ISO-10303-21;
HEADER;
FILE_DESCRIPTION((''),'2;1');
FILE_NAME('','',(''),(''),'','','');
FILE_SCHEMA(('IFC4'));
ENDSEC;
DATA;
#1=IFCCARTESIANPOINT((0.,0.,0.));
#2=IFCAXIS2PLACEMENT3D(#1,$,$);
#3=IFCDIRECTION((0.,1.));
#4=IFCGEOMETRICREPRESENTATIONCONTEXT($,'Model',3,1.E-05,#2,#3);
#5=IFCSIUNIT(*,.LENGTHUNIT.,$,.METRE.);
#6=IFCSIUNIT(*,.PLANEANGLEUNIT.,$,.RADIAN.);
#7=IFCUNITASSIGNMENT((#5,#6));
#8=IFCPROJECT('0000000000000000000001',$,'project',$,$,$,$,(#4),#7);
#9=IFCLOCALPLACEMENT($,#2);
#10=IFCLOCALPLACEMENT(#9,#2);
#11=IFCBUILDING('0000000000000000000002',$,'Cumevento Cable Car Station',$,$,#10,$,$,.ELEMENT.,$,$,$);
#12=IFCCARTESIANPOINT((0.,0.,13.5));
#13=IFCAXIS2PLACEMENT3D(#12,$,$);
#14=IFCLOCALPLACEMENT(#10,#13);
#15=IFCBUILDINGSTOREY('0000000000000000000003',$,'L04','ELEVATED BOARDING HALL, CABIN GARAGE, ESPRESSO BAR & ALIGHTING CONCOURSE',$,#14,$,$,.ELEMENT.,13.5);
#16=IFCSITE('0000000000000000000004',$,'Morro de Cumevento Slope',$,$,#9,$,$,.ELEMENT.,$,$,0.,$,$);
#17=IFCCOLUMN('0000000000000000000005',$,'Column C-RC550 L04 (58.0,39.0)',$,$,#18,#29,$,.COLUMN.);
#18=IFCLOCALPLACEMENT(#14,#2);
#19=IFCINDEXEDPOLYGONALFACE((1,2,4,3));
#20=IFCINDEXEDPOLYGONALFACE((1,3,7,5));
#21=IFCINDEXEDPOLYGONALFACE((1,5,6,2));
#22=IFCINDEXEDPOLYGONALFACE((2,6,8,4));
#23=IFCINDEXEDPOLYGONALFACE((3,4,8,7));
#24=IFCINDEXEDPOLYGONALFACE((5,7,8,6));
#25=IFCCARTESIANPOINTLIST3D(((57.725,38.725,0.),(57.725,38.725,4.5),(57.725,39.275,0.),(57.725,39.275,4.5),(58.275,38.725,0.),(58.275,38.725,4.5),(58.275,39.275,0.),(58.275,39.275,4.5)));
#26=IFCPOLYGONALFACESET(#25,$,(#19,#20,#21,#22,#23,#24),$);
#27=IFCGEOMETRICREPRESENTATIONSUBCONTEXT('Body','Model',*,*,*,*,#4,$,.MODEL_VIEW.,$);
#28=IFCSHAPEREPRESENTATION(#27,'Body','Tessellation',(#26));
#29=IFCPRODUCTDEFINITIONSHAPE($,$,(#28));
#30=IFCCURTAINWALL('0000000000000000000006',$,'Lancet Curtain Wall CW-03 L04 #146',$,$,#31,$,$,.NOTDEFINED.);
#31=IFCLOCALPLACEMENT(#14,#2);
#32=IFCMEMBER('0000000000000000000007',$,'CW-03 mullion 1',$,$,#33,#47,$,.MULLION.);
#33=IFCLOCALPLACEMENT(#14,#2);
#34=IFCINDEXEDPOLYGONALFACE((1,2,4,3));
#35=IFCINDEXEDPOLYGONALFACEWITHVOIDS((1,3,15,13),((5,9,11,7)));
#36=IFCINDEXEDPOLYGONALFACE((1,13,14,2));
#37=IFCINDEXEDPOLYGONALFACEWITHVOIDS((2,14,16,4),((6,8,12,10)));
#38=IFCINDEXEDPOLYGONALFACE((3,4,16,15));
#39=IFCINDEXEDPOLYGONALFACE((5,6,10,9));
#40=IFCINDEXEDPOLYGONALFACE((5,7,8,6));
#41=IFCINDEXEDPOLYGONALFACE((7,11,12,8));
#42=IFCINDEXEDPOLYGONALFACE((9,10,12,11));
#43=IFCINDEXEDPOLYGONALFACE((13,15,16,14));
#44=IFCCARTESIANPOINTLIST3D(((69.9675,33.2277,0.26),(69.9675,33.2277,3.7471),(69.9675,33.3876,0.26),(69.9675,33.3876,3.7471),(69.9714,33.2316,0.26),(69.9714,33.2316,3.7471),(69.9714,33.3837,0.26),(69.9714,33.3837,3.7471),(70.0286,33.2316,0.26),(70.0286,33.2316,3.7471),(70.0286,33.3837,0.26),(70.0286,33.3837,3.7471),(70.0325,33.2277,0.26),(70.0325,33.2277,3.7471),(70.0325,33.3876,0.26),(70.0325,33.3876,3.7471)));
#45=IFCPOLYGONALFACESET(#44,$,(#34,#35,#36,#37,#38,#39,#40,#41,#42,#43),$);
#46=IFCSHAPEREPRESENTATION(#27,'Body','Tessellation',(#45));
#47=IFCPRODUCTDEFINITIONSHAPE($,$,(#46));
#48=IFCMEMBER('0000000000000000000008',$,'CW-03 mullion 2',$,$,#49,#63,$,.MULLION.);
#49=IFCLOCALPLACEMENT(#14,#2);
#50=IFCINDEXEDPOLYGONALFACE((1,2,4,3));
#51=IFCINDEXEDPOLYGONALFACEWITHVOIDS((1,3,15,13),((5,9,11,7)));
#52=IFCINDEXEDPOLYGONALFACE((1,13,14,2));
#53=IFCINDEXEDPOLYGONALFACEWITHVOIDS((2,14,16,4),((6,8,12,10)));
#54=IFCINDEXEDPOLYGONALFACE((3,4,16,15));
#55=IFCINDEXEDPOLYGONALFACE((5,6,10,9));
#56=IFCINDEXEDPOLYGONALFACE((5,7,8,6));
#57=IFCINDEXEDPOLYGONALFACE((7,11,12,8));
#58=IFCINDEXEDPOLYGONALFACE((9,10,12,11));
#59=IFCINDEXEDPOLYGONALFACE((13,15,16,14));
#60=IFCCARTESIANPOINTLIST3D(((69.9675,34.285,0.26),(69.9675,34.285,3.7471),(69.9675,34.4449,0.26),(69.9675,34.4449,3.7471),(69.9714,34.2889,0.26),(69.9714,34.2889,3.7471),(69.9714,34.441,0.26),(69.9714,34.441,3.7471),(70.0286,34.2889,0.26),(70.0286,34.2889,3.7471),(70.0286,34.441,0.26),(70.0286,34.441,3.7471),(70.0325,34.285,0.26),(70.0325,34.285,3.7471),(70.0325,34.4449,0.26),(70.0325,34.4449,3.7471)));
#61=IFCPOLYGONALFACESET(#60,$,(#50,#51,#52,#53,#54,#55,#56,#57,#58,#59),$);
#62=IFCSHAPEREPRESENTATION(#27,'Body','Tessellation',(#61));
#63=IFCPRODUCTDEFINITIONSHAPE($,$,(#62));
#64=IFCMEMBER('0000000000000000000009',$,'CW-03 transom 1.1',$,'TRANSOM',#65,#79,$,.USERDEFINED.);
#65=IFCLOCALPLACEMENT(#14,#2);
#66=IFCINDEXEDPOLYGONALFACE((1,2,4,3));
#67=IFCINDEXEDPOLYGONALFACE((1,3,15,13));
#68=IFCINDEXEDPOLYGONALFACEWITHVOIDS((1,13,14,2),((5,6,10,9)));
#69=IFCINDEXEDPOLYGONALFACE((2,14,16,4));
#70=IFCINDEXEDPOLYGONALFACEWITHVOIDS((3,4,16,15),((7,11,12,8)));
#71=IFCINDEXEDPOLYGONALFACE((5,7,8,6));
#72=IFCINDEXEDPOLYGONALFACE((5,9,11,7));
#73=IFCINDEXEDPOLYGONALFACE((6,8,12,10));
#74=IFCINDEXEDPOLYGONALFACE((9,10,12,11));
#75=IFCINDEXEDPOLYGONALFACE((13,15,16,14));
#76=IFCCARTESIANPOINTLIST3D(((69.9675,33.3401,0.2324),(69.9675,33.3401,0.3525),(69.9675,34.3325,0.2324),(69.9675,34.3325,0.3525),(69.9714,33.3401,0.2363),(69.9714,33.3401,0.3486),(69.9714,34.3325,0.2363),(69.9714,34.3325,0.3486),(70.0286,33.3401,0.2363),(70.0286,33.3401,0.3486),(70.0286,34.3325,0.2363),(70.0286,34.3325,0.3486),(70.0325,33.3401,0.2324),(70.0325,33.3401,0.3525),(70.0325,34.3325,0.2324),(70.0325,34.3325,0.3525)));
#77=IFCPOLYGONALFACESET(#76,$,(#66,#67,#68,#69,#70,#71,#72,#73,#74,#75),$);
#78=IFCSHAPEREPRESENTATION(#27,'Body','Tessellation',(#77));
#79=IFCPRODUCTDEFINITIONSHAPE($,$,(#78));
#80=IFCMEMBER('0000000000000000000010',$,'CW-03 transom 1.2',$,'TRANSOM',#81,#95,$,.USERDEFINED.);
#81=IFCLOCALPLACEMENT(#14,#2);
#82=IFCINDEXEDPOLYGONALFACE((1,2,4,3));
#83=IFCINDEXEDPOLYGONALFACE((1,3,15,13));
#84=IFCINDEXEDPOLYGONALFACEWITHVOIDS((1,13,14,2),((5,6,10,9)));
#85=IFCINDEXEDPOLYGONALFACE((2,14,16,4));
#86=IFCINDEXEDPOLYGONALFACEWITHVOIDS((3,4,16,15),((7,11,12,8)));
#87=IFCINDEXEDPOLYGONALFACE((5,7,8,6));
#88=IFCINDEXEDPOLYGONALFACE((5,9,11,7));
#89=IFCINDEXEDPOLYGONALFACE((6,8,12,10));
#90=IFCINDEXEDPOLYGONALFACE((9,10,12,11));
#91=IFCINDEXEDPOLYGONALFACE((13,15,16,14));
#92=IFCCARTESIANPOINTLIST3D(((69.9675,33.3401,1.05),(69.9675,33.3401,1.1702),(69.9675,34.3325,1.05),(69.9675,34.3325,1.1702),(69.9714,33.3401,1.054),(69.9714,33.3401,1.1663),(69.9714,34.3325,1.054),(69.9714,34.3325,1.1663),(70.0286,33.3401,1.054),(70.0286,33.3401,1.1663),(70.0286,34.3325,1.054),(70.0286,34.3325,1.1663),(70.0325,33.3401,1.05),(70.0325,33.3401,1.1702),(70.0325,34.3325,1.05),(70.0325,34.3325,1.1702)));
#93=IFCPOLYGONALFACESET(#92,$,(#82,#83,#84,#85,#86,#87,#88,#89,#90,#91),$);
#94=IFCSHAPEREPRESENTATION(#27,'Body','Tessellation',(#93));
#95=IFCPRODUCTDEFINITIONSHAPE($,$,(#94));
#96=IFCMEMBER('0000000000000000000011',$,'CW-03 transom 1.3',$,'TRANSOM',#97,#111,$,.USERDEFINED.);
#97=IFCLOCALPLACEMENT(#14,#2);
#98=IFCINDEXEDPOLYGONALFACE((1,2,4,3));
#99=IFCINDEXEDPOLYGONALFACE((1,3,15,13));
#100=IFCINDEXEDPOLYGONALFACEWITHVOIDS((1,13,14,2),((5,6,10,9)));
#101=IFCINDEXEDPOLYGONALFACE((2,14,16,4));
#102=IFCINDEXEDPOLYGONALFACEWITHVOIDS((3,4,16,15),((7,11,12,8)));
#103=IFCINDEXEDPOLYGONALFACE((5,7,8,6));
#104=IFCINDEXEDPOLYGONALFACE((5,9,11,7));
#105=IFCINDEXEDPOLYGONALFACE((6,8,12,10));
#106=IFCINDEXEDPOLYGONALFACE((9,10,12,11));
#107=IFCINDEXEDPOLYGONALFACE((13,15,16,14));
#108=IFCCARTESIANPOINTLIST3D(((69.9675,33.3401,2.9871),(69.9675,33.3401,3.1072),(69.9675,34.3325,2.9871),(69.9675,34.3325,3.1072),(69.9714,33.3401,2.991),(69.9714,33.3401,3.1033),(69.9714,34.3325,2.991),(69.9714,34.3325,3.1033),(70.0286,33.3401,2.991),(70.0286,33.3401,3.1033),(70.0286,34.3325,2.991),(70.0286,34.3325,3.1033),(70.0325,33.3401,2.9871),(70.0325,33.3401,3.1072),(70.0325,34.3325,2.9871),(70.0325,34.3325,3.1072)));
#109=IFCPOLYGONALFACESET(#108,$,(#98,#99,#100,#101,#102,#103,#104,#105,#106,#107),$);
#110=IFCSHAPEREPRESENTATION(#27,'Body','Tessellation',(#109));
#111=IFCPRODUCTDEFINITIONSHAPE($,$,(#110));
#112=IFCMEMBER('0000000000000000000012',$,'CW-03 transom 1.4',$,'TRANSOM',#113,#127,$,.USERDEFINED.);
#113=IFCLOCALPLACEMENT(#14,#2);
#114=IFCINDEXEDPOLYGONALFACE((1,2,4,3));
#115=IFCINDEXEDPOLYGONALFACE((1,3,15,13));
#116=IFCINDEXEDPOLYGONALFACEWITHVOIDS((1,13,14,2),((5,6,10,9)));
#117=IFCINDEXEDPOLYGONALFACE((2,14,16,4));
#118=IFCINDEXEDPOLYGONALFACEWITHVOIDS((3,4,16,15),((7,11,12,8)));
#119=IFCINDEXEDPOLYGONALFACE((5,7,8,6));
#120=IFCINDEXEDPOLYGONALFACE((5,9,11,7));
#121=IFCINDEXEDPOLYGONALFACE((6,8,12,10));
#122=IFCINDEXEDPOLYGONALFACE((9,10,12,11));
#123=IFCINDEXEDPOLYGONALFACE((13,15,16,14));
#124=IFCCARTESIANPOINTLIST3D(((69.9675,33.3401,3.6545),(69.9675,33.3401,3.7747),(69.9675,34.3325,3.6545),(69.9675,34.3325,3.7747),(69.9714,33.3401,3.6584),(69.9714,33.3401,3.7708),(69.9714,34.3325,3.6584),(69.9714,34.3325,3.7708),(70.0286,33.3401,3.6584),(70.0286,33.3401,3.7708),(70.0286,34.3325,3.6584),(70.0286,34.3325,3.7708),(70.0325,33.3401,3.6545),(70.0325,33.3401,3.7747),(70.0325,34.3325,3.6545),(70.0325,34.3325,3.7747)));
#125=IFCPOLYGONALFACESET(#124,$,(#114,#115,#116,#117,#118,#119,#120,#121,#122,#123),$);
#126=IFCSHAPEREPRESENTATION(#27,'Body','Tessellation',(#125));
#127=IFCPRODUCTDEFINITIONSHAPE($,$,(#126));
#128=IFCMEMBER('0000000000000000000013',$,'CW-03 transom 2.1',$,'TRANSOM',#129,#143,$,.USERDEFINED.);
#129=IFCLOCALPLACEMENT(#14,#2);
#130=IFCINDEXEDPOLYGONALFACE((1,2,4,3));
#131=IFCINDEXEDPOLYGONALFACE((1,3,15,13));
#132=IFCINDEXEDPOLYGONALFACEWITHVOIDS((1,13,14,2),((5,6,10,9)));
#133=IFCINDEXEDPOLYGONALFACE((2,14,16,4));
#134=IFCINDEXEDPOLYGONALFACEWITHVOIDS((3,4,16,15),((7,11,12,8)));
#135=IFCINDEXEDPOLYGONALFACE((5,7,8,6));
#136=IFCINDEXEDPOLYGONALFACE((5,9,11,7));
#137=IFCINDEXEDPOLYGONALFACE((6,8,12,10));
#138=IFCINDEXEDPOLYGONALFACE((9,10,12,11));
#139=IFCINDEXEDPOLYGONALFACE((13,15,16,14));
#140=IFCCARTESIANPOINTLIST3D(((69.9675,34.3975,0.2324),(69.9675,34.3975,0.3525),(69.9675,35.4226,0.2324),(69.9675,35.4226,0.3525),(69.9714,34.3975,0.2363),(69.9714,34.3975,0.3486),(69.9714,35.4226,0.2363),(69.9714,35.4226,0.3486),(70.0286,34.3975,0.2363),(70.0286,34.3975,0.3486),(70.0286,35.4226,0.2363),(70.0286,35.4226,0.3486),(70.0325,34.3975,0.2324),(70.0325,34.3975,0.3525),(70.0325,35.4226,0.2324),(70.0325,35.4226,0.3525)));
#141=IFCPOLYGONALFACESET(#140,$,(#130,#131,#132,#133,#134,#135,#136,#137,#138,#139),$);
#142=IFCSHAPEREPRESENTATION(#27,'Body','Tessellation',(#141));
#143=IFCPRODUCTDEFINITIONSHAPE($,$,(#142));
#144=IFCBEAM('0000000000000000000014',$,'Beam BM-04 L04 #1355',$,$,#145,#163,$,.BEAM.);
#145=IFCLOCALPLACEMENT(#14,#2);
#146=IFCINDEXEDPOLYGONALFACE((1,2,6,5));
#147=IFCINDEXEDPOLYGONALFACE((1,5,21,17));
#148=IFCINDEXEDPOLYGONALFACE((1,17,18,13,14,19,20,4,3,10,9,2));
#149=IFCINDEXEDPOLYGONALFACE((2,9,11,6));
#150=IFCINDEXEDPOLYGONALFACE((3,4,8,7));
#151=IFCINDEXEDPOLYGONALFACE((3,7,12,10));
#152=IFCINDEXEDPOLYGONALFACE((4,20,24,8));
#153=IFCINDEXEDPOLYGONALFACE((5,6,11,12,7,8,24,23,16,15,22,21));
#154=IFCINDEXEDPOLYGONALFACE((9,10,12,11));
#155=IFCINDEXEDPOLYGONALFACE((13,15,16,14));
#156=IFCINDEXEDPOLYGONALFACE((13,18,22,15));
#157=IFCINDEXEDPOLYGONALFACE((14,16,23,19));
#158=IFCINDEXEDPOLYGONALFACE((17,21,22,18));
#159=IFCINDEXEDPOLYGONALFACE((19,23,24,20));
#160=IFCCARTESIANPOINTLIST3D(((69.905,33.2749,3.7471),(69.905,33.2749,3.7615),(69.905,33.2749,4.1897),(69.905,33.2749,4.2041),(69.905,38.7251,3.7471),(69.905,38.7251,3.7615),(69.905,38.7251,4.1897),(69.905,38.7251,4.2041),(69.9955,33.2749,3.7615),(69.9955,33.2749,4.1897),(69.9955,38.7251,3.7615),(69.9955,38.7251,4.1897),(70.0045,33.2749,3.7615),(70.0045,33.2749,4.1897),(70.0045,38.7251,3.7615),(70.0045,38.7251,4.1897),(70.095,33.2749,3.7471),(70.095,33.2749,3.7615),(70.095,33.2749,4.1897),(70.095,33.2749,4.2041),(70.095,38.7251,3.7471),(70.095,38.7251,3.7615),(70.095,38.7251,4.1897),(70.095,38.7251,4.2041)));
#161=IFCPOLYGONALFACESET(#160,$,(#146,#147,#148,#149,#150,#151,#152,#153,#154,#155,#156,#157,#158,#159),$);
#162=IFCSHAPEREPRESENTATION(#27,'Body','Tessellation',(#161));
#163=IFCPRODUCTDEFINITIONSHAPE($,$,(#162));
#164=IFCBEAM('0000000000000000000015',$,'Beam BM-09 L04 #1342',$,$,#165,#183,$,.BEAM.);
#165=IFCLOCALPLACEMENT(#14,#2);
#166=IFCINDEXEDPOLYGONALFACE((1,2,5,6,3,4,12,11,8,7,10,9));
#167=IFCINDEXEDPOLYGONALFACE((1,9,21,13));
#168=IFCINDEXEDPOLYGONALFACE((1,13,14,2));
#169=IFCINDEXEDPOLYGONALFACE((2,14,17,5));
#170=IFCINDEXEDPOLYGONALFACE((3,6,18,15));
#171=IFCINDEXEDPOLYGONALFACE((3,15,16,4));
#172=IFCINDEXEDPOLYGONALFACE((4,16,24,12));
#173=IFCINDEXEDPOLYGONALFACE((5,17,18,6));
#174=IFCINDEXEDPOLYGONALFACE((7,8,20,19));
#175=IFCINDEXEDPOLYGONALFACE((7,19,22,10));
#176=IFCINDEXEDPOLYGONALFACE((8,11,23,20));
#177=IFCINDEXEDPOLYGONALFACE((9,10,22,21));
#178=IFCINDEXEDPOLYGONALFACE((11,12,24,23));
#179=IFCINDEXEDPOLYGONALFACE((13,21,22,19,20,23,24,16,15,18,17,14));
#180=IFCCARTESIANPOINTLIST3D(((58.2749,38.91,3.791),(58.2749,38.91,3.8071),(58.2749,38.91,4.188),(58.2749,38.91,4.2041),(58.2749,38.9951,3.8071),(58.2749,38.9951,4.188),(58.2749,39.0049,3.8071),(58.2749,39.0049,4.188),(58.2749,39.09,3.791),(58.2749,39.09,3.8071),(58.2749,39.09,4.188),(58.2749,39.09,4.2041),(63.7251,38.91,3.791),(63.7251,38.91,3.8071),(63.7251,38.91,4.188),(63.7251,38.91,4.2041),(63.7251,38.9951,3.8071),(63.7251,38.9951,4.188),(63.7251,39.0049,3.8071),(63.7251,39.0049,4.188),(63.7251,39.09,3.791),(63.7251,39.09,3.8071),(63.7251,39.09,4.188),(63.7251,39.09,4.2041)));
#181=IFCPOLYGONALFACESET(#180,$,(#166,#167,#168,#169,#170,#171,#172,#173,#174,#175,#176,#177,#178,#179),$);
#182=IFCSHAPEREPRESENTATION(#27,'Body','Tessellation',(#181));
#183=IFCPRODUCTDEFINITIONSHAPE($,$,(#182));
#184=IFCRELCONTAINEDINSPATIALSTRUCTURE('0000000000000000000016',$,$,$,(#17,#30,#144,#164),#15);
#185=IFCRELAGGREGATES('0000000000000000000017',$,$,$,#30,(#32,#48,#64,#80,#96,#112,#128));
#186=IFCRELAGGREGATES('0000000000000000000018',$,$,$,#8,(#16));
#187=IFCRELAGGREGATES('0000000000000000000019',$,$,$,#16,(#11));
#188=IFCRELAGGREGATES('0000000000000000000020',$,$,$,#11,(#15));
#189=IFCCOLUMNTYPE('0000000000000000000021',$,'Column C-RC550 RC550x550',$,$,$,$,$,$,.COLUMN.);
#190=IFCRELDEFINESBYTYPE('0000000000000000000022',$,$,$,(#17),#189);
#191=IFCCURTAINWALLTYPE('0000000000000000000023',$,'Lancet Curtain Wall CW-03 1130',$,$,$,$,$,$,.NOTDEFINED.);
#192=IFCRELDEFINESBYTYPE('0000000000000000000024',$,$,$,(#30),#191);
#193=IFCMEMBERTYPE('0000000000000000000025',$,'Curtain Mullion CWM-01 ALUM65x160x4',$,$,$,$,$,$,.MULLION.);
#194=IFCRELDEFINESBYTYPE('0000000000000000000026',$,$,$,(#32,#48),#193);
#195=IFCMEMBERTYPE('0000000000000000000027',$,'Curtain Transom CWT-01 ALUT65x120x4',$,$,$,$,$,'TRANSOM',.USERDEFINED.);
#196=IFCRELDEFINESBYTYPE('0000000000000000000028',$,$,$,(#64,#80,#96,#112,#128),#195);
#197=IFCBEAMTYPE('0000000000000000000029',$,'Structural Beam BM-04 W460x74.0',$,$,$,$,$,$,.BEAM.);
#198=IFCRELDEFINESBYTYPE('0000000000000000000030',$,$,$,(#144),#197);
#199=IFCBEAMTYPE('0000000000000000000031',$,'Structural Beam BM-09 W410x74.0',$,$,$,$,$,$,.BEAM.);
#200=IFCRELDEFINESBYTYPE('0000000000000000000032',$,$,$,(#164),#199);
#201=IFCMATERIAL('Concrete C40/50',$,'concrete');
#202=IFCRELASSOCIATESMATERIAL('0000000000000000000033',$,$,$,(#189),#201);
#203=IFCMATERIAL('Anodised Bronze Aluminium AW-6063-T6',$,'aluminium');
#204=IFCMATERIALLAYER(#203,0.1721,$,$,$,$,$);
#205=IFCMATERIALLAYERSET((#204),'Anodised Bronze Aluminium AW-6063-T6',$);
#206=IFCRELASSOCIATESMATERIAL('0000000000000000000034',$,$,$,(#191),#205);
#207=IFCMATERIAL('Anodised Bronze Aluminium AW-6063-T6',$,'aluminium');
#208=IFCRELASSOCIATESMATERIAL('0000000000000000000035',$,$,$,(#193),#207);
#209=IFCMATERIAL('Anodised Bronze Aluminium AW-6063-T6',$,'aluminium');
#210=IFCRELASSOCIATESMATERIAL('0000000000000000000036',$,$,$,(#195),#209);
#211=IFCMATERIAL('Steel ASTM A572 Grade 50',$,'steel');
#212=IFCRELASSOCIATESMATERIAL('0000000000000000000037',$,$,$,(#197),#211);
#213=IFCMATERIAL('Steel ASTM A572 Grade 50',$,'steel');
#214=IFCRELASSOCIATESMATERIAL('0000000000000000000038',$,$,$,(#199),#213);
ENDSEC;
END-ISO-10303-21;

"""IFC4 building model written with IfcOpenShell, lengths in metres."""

from ifc_helpers import new_model, si_unit, direction, frame, origin, origin_2d, place, context, subcontext, project, spatial, rectangle, hollow_rectangle, i_section, extrude, material, layer, layer_set, material_profile, profile_set, type_object, element, aggregate, save


model = new_model("IFC4")

# Units and contexts
model_context = context("Model", 3, precision=1e-05, world=origin(), true_north=direction((0.0, 1.0)))
body_context = subcontext(model_context, "Body", "Model", "MODEL_VIEW")
ifc_project = project(units=[si_unit("LENGTHUNIT", "METRE"), si_unit("PLANEANGLEUNIT", "RADIAN")], contexts=[model_context])

# Site, building, storey
site_placement = place(None, origin())
site = spatial("IfcSite", under=ifc_project, at=site_placement, Name="Morro de Cumevento Slope", CompositionType="ELEMENT", RefElevation=0.0)
building_placement = place(site_placement, origin())
building = spatial("IfcBuilding", under=site, at=building_placement, Name="Cumevento Cable Car Station", CompositionType="ELEMENT")
storey_placement = place(building_placement, frame((0.0, 0.0, 13.5)))
storey = spatial("IfcBuildingStorey", under=building, at=storey_placement, Name="L04", Description="ELEVATED BOARDING HALL, CABIN GARAGE, ESPRESSO BAR & ALIGHTING CONCOURSE", CompositionType="ELEMENT", Elevation=13.5)

# Column
ifc_material_1 = material(Name="Concrete C40/50", Category="concrete")
ifc_material_profile_1 = material_profile(ifc_material_1, rectangle(XDim=0.55, YDim=0.55, at=origin_2d()), Name="RC550x550")
ifc_profile_set_1 = profile_set([ifc_material_profile_1], Name="Concrete C40/50")
column_type = type_object("IfcColumnType", Name="Column C-RC550 RC550x550", PredefinedType="COLUMN", material=ifc_profile_set_1)
column_placement = place(storey_placement, frame((58.0, 39.0, 0.0), z_axis=(0.0, 0.0, 1.0), x_axis=(1.0, 0.0, 0.0)))
element("IfcColumn", 1, at=column_placement, inside=storey, type_object=column_type, Name="Column C-RC550 L04 (58.0,39.0)", PredefinedType="COLUMN", context=body_context, shape_type="SweptSolid", body=[
    extrude(rectangle(XDim=0.55, YDim=0.55, at=origin_2d()), origin(), (0.0, 0.0, 1.0), 4.5),
])

# Curtain wall, members
ifc_material_2 = material(Name="Anodised Bronze Aluminium AW-6063-T6", Category="aluminium")
ifc_layer_1 = layer(ifc_material_2, 0.1721)
ifc_layer_set_1 = layer_set([ifc_layer_1], Name="Anodised Bronze Aluminium AW-6063-T6")
curtain_wall_type = type_object("IfcCurtainWallType", Name="Lancet Curtain Wall CW-03 1130", PredefinedType="NOTDEFINED", material=ifc_layer_set_1)
curtain_wall_placement = place(storey_placement, origin())
curtain_wall = element("IfcCurtainWall", 2, at=curtain_wall_placement, inside=storey, type_object=curtain_wall_type, Name="Lancet Curtain Wall CW-03 L04 #146", PredefinedType="NOTDEFINED")
ifc_material_3 = material(Name="Anodised Bronze Aluminium AW-6063-T6", Category="aluminium")
ifc_material_profile_2 = material_profile(ifc_material_3, hollow_rectangle(XDim=0.0649, YDim=0.1599, WallThickness=0.0039, at=origin_2d()), Name="ALUM65x160x4")
ifc_profile_set_2 = profile_set([ifc_material_profile_2], Name="Anodised Bronze Aluminium AW-6063-T6")
member_type_1 = type_object("IfcMemberType", Name="Curtain Mullion CWM-01 ALUM65x160x4", PredefinedType="MULLION", material=ifc_profile_set_2)
member_1_placement = place(storey_placement, frame((70.0, 33.3076, 0.26), z_axis=(0.0, 0.0, 1.0), x_axis=(-1.0, 0.0, 0.0)))
member_1 = element("IfcMember", 3, at=member_1_placement, type_object=member_type_1, Name="CW-03 mullion 1", PredefinedType="MULLION", context=body_context, shape_type="SweptSolid", body=[
    extrude(hollow_rectangle(XDim=0.0649, YDim=0.1599, WallThickness=0.0039, at=origin_2d()), origin(), (0.0, 0.0, 1.0), 3.4871),
])
member_2_placement = place(storey_placement, frame((70.0, 34.365, 0.26), z_axis=(0.0, 0.0, 1.0), x_axis=(-1.0, 0.0, 0.0)))
member_2 = element("IfcMember", 4, at=member_2_placement, type_object=member_type_1, Name="CW-03 mullion 2", PredefinedType="MULLION", context=body_context, shape_type="SweptSolid", body=[
    extrude(hollow_rectangle(XDim=0.0649, YDim=0.1599, WallThickness=0.0039, at=origin_2d()), origin(), (0.0, 0.0, 1.0), 3.4871),
])
ifc_material_4 = material(Name="Anodised Bronze Aluminium AW-6063-T6", Category="aluminium")
ifc_material_profile_3 = material_profile(ifc_material_4, hollow_rectangle(XDim=0.0649, YDim=0.1201, WallThickness=0.0039, at=origin_2d()), Name="ALUT65x120x4")
ifc_profile_set_3 = profile_set([ifc_material_profile_3], Name="Anodised Bronze Aluminium AW-6063-T6")
member_type_2 = type_object("IfcMemberType", Name="Curtain Transom CWT-01 ALUT65x120x4", ElementType="TRANSOM", PredefinedType="USERDEFINED", material=ifc_profile_set_3)
member_3_placement = place(storey_placement, frame((70.0, 33.3401, 0.2925), z_axis=(0.0, 1.0, 0.0), x_axis=(-1.0, 0.0, 0.0)))
member_3 = element("IfcMember", 5, at=member_3_placement, type_object=member_type_2, Name="CW-03 transom 1.1", ObjectType="TRANSOM", PredefinedType="USERDEFINED", context=body_context, shape_type="SweptSolid", body=[
    extrude(hollow_rectangle(XDim=0.0649, YDim=0.1201, WallThickness=0.0039, at=origin_2d()), origin(), (0.0, 0.0, 1.0), 0.9924),
])
member_4_placement = place(storey_placement, frame((70.0, 33.3401, 1.1101), z_axis=(0.0, 1.0, 0.0), x_axis=(-1.0, 0.0, 0.0)))
member_4 = element("IfcMember", 6, at=member_4_placement, type_object=member_type_2, Name="CW-03 transom 1.2", ObjectType="TRANSOM", PredefinedType="USERDEFINED", context=body_context, shape_type="SweptSolid", body=[
    extrude(hollow_rectangle(XDim=0.0649, YDim=0.1201, WallThickness=0.0039, at=origin_2d()), origin(), (0.0, 0.0, 1.0), 0.9924),
])
member_5_placement = place(storey_placement, frame((70.0, 33.3401, 3.0471), z_axis=(0.0, 1.0, 0.0), x_axis=(-1.0, 0.0, 0.0)))
member_5 = element("IfcMember", 7, at=member_5_placement, type_object=member_type_2, Name="CW-03 transom 1.3", ObjectType="TRANSOM", PredefinedType="USERDEFINED", context=body_context, shape_type="SweptSolid", body=[
    extrude(hollow_rectangle(XDim=0.0649, YDim=0.1201, WallThickness=0.0039, at=origin_2d()), origin(), (0.0, 0.0, 1.0), 0.9924),
])
member_6_placement = place(storey_placement, frame((70.0, 33.3401, 3.7146), z_axis=(0.0, 1.0, 0.0), x_axis=(-1.0, 0.0, 0.0)))
member_6 = element("IfcMember", 8, at=member_6_placement, type_object=member_type_2, Name="CW-03 transom 1.4", ObjectType="TRANSOM", PredefinedType="USERDEFINED", context=body_context, shape_type="SweptSolid", body=[
    extrude(hollow_rectangle(XDim=0.0649, YDim=0.1201, WallThickness=0.0039, at=origin_2d()), origin(), (0.0, 0.0, 1.0), 0.9924),
])
member_7_placement = place(storey_placement, frame((70.0, 34.3975, 0.2925), z_axis=(0.0, 1.0, 0.0), x_axis=(-1.0, 0.0, 0.0)))
member_7 = element("IfcMember", 9, at=member_7_placement, type_object=member_type_2, Name="CW-03 transom 2.1", ObjectType="TRANSOM", PredefinedType="USERDEFINED", context=body_context, shape_type="SweptSolid", body=[
    extrude(hollow_rectangle(XDim=0.0649, YDim=0.1201, WallThickness=0.0039, at=origin_2d()), origin(), (0.0, 0.0, 1.0), 1.0251),
])

# Beams
ifc_material_5 = material(Name="Steel ASTM A572 Grade 50", Category="steel")
ifc_material_profile_4 = material_profile(ifc_material_5, i_section(OverallWidth=0.1899, OverallDepth=0.457, WebThickness=0.009, FlangeThickness=0.0144, at=origin_2d()), Name="W460x74.0")
ifc_profile_set_4 = profile_set([ifc_material_profile_4], Name="Steel ASTM A572 Grade 50")
beam_type_1 = type_object("IfcBeamType", Name="Structural Beam BM-04 W460x74.0", PredefinedType="BEAM", material=ifc_profile_set_4)
beam_1_placement = place(storey_placement, frame((70.0, 33.2749, 3.9756), z_axis=(0.0, 1.0, 0.0), x_axis=(-1.0, 0.0, 0.0)))
element("IfcBeam", 10, at=beam_1_placement, inside=storey, type_object=beam_type_1, Name="Beam BM-04 L04 #1355", PredefinedType="BEAM", context=body_context, shape_type="SweptSolid", body=[
    extrude(i_section(OverallWidth=0.1899, OverallDepth=0.457, WebThickness=0.009, FlangeThickness=0.0144, at=origin_2d()), origin(), (0.0, 0.0, 1.0), 5.4502),
])
ifc_material_6 = material(Name="Steel ASTM A572 Grade 50", Category="steel")
ifc_material_profile_5 = material_profile(ifc_material_6, i_section(OverallWidth=0.1799, OverallDepth=0.4131, WebThickness=0.0098, FlangeThickness=0.0161, at=origin_2d()), Name="W410x74.0")
ifc_profile_set_5 = profile_set([ifc_material_profile_5], Name="Steel ASTM A572 Grade 50")
beam_type_2 = type_object("IfcBeamType", Name="Structural Beam BM-09 W410x74.0", PredefinedType="BEAM", material=ifc_profile_set_5)
beam_2_placement = place(storey_placement, frame((58.2749, 39.0, 3.9976), z_axis=(1.0, 0.0, 0.0), x_axis=(0.0, 1.0, 0.0)))
element("IfcBeam", 11, at=beam_2_placement, inside=storey, type_object=beam_type_2, Name="Beam BM-09 L04 #1342", PredefinedType="BEAM", context=body_context, shape_type="SweptSolid", body=[
    extrude(i_section(OverallWidth=0.1799, OverallDepth=0.4131, WebThickness=0.0098, FlangeThickness=0.0161, at=origin_2d()), origin(), (0.0, 0.0, 1.0), 5.4502),
])

aggregate(curtain_wall, [member_1, member_2, member_3, member_4, member_5, member_6, member_7])

save(model, "model.ifc")
